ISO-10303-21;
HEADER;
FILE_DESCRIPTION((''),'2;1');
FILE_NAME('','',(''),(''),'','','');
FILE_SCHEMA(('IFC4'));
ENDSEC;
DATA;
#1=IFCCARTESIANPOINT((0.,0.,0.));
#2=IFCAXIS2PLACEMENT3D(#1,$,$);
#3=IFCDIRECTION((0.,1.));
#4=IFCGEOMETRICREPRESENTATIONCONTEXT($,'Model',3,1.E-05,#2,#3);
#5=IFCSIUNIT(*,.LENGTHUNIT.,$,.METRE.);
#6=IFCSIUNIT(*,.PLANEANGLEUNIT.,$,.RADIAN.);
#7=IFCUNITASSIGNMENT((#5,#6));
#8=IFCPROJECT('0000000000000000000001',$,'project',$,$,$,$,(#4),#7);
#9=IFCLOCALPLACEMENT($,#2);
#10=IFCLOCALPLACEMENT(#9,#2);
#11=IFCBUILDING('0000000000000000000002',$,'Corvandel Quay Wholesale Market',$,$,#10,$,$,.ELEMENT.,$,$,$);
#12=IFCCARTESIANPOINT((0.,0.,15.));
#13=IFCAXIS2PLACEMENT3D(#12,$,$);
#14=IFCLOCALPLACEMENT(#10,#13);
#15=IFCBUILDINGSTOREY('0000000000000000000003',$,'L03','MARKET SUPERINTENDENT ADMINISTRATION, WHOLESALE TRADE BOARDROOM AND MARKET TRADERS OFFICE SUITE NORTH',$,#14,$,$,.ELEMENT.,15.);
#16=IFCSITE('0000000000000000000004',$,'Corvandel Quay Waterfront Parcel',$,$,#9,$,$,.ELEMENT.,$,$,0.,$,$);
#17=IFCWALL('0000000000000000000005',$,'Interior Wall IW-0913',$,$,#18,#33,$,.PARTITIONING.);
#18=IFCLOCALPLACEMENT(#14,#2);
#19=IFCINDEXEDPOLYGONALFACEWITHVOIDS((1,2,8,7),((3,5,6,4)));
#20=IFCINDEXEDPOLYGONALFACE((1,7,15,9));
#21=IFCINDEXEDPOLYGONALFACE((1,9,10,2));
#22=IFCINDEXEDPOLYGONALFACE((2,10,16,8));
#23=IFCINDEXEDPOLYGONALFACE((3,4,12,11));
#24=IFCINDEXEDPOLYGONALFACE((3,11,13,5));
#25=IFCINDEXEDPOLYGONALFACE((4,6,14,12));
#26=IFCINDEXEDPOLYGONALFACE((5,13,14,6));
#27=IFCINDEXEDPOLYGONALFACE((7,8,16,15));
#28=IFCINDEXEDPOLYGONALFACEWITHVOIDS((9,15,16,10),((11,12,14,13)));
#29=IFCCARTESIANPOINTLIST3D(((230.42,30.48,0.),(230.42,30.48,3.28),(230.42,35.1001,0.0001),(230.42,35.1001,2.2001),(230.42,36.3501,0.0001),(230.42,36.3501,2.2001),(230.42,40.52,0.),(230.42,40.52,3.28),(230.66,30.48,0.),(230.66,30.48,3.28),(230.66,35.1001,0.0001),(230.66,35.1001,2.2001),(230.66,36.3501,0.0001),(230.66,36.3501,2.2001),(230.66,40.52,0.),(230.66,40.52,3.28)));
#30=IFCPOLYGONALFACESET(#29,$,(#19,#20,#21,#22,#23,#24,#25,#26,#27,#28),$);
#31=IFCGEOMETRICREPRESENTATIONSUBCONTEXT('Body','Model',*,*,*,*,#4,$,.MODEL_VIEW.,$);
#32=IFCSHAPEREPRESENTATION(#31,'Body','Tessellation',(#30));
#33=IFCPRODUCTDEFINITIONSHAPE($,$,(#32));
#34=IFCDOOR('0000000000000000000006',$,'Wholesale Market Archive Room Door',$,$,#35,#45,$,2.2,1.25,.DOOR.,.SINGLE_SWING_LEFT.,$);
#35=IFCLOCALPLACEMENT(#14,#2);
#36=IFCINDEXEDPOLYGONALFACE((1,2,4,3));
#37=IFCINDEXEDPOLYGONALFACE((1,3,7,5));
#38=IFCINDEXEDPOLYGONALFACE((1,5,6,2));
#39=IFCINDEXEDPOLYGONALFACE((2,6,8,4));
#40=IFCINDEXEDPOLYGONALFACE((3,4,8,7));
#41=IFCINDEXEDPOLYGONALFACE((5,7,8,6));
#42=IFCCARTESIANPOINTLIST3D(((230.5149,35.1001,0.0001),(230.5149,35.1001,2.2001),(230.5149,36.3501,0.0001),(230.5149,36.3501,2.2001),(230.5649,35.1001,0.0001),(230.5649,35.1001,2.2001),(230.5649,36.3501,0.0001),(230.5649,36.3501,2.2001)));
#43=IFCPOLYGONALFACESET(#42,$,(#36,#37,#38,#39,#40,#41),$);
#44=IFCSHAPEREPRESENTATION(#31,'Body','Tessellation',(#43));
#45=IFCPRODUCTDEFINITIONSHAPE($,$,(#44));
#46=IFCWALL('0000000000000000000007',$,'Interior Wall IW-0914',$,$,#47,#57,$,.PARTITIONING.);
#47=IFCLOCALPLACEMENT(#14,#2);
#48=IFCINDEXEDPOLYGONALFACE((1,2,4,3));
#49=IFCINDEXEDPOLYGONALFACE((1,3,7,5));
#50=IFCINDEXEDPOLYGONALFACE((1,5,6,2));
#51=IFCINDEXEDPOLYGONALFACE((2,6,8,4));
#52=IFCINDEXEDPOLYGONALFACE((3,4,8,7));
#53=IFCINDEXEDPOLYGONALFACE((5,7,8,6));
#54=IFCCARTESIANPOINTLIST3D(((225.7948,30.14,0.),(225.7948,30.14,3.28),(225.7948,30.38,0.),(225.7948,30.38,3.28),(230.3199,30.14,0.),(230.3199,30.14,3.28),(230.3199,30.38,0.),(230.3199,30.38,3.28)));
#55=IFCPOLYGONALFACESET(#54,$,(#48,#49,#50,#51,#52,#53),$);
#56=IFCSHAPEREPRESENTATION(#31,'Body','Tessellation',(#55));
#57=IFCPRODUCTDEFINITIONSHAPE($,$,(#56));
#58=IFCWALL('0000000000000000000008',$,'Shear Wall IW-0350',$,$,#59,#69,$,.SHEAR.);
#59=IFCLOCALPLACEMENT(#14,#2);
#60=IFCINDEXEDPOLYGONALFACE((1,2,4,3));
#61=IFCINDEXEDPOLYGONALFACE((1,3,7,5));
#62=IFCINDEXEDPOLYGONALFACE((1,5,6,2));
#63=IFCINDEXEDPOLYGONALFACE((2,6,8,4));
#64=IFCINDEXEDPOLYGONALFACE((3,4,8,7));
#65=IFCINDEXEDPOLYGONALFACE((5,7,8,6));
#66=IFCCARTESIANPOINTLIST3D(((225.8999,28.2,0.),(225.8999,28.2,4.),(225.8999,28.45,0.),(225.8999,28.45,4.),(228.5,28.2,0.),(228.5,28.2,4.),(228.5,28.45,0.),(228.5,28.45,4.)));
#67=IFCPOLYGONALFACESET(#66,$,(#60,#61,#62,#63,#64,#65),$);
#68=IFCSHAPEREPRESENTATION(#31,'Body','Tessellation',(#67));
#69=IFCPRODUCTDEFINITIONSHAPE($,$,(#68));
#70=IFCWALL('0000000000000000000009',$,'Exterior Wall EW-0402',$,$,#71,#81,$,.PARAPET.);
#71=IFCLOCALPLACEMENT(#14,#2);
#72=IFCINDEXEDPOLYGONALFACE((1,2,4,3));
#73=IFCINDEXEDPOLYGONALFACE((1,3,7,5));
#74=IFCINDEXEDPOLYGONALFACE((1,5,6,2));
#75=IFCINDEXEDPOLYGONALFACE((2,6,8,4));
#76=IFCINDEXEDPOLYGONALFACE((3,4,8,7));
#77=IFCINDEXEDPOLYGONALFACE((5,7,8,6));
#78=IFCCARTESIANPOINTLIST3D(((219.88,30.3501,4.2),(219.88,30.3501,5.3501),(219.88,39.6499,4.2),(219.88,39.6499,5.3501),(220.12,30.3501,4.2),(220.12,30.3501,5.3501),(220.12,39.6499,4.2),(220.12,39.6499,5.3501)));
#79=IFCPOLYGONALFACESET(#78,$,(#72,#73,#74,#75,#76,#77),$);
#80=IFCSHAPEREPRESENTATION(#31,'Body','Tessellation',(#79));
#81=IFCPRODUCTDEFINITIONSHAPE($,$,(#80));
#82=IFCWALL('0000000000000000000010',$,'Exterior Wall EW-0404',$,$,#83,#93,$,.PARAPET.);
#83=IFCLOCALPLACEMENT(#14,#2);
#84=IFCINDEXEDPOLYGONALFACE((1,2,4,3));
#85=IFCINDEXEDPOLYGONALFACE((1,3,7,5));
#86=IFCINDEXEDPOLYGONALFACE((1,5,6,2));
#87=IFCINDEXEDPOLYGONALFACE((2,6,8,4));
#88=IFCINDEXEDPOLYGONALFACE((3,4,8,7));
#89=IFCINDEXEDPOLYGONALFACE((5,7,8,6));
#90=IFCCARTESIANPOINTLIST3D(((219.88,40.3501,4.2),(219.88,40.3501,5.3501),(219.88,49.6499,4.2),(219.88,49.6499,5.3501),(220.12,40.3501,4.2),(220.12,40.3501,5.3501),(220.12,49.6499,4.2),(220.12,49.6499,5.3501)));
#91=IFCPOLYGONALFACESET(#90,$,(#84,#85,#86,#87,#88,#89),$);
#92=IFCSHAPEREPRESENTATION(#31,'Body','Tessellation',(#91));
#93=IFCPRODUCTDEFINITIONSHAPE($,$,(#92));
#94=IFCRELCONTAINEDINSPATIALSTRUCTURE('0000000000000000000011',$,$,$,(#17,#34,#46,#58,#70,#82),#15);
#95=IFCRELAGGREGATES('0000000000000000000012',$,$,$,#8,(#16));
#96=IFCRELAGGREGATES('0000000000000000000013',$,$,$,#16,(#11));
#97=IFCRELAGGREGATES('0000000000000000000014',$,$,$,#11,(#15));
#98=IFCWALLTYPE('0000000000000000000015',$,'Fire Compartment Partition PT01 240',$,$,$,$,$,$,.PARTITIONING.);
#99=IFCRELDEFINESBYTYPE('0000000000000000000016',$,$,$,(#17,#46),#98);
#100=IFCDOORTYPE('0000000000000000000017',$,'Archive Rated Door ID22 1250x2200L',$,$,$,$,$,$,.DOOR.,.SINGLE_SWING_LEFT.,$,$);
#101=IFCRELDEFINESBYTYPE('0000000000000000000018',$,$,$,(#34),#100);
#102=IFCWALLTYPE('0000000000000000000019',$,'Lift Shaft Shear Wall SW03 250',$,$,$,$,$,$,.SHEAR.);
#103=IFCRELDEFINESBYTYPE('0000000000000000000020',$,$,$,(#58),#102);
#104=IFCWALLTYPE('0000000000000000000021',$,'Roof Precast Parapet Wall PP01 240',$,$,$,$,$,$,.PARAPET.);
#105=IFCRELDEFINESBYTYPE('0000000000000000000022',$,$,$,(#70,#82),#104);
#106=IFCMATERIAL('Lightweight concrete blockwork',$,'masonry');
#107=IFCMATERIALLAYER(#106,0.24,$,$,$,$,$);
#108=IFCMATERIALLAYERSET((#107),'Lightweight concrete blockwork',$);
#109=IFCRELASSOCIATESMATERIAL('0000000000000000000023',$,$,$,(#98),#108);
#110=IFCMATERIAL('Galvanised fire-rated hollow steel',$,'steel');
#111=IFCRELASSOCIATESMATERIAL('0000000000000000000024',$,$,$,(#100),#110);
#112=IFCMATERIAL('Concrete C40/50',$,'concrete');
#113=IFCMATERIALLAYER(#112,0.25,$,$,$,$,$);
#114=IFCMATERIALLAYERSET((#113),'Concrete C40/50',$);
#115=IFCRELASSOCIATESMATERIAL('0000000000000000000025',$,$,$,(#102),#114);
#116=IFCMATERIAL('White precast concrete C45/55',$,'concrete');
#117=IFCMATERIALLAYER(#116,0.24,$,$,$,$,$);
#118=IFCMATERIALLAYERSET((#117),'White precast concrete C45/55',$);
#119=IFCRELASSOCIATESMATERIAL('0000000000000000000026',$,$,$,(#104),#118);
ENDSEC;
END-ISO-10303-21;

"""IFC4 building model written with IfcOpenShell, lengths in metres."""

from ifc_helpers import new_model, si_unit, direction, frame, frame_2d, origin, place, context, subcontext, project, spatial, rectangle, extrude, material, layer, layer_set, type_object, element, fill, save


model = new_model("IFC4")

# Units and contexts
model_context = context("Model", 3, precision=1e-05, world=origin(), true_north=direction((0.0, 1.0)))
body_context = subcontext(model_context, "Body", "Model", "MODEL_VIEW")
ifc_project = project(units=[si_unit("LENGTHUNIT", "METRE"), si_unit("PLANEANGLEUNIT", "RADIAN")], contexts=[model_context])

# Site, building, storey
site_placement = place(None, origin())
site = spatial("IfcSite", under=ifc_project, at=site_placement, Name="Corvandel Quay Waterfront Parcel", CompositionType="ELEMENT", RefElevation=0.0)
building_placement = place(site_placement, origin())
building = spatial("IfcBuilding", under=site, at=building_placement, Name="Corvandel Quay Wholesale Market", CompositionType="ELEMENT")
storey_placement = place(building_placement, frame((0.0, 0.0, 15.0)))
storey = spatial("IfcBuildingStorey", under=building, at=storey_placement, Name="L03", Description="MARKET SUPERINTENDENT ADMINISTRATION, WHOLESALE TRADE BOARDROOM AND MARKET TRADERS OFFICE SUITE NORTH", CompositionType="ELEMENT", Elevation=15.0)

# Shared definitions
ifc_material_1 = material(Name="Concrete C40/50", Category="concrete")

# Wall, opening, door
ifc_material_2 = material(Name="Lightweight concrete blockwork", Category="masonry")
ifc_layer_1 = layer(ifc_material_2, 0.24)
ifc_layer_set_1 = layer_set([ifc_layer_1], Name="Lightweight concrete blockwork")
wall_type_1 = type_object("IfcWallType", Name="Fire Compartment Partition PT01 240", PredefinedType="PARTITIONING", material=ifc_layer_set_1)
wall_1_placement = place(storey_placement, frame((230.54, 40.52, 0.0), z_axis=(0.0, 0.0, 1.0), x_axis=(0.0, -1.0, 0.0)))
wall_1 = element("IfcWall", 1, at=wall_1_placement, inside=storey, type_object=wall_type_1, Name="Interior Wall IW-0913", PredefinedType="PARTITIONING", context=body_context, shape_type="SweptSolid", body=[
    extrude(rectangle(XDim=10.04, YDim=0.24, at=frame_2d((5.02, 0.0))), origin(), (0.0, 0.0, 1.0), 3.28),
])
opening_1_placement = place(wall_1_placement, frame((4.1699, 0.0, 0.0)))
opening_1 = element("IfcOpeningElement", 2, at=opening_1_placement, cuts=wall_1, PredefinedType="OPENING", context=body_context, shape_type="SweptSolid", body=[
    extrude(rectangle(XDim=1.25, YDim=2.2, at=frame_2d((0.625, 1.1001))), frame((0.0, 0.1299, 0.0), z_axis=(0.0, -1.0, 0.0), x_axis=(1.0, 0.0, 0.0)), (0.0, 0.0, 1.0), 0.26),
])
ifc_material_3 = material(Name="Galvanised fire-rated hollow steel", Category="steel")
door_type = type_object("IfcDoorType", Name="Archive Rated Door ID22 1250x2200L", OperationType="SINGLE_SWING_LEFT", PredefinedType="DOOR", material=ifc_material_3)
door_placement = place(opening_1_placement, origin())
door = element("IfcDoor", 3, at=door_placement, inside=storey, type_object=door_type, Name="Wholesale Market Archive Room Door", OperationType="SINGLE_SWING_LEFT", OverallHeight=2.2, OverallWidth=1.25, PredefinedType="DOOR", context=body_context, shape_type="SweptSolid", body=[
    extrude(rectangle(XDim=1.25, YDim=2.2, at=frame_2d((0.625, 1.1001))), frame((0.0, 0.0249, 0.0), z_axis=(0.0, -1.0, 0.0), x_axis=(1.0, 0.0, 0.0)), (0.0, 0.0, 1.0), 0.05),
])
fill(opening_1, door)

# Walls
wall_2_placement = place(storey_placement, frame((230.3201, 30.26, 0.0), z_axis=(0.0, 0.0, 1.0), x_axis=(-1.0, 0.0, 0.0)))
element("IfcWall", 4, at=wall_2_placement, inside=storey, type_object=wall_type_1, Name="Interior Wall IW-0914", PredefinedType="PARTITIONING", context=body_context, shape_type="SweptSolid", body=[
    extrude(rectangle(XDim=4.5251, YDim=0.24, at=frame_2d((2.2627, 0.0))), origin(), (0.0, 0.0, 1.0), 3.28),
])
ifc_layer_2 = layer(ifc_material_1, 0.25)
ifc_layer_set_2 = layer_set([ifc_layer_2], Name="Concrete C40/50")
wall_type_2 = type_object("IfcWallType", Name="Lift Shaft Shear Wall SW03 250", PredefinedType="SHEAR", material=ifc_layer_set_2)
wall_3_placement = place(storey_placement, frame((225.8999, 28.325, 0.0), z_axis=(0.0, 0.0, 1.0), x_axis=(1.0, 0.0, 0.0)))
element("IfcWall", 5, at=wall_3_placement, inside=storey, type_object=wall_type_2, Name="Shear Wall IW-0350", PredefinedType="SHEAR", context=body_context, shape_type="SweptSolid", body=[
    extrude(rectangle(XDim=2.6001, YDim=0.25, at=frame_2d((1.3, 0.0))), origin(), (0.0, 0.0, 1.0), 4.0),
])
ifc_material_4 = material(Name="White precast concrete C45/55", Category="concrete")
ifc_layer_3 = layer(ifc_material_4, 0.24)
ifc_layer_set_3 = layer_set([ifc_layer_3], Name="White precast concrete C45/55")
wall_type_3 = type_object("IfcWallType", Name="Roof Precast Parapet Wall PP01 240", PredefinedType="PARAPET", material=ifc_layer_set_3)
for number, where, z_axis, x_axis, name in (
    (6, (220.0, 30.3501, 4.2), (0.0, 0.0, 1.0), (0.0, 1.0, 0.0), "Exterior Wall EW-0402"),
    (7, (220.0, 40.3501, 4.2), (0.0, 0.0, 1.0), (0.0, 1.0, 0.0), "Exterior Wall EW-0404"),
):
    element("IfcWall", number, at=place(storey_placement, frame(where, z_axis=z_axis, x_axis=x_axis)), inside=storey, type_object=wall_type_3, Name=name, PredefinedType="PARAPET", context=body_context, shape_type="SweptSolid", body=[
        extrude(rectangle(XDim=9.2998, YDim=0.24, at=frame_2d((4.6499, 0.0))), origin(), (0.0, 0.0, 1.0), 1.1501),
    ])

save(model, "model.ifc")
